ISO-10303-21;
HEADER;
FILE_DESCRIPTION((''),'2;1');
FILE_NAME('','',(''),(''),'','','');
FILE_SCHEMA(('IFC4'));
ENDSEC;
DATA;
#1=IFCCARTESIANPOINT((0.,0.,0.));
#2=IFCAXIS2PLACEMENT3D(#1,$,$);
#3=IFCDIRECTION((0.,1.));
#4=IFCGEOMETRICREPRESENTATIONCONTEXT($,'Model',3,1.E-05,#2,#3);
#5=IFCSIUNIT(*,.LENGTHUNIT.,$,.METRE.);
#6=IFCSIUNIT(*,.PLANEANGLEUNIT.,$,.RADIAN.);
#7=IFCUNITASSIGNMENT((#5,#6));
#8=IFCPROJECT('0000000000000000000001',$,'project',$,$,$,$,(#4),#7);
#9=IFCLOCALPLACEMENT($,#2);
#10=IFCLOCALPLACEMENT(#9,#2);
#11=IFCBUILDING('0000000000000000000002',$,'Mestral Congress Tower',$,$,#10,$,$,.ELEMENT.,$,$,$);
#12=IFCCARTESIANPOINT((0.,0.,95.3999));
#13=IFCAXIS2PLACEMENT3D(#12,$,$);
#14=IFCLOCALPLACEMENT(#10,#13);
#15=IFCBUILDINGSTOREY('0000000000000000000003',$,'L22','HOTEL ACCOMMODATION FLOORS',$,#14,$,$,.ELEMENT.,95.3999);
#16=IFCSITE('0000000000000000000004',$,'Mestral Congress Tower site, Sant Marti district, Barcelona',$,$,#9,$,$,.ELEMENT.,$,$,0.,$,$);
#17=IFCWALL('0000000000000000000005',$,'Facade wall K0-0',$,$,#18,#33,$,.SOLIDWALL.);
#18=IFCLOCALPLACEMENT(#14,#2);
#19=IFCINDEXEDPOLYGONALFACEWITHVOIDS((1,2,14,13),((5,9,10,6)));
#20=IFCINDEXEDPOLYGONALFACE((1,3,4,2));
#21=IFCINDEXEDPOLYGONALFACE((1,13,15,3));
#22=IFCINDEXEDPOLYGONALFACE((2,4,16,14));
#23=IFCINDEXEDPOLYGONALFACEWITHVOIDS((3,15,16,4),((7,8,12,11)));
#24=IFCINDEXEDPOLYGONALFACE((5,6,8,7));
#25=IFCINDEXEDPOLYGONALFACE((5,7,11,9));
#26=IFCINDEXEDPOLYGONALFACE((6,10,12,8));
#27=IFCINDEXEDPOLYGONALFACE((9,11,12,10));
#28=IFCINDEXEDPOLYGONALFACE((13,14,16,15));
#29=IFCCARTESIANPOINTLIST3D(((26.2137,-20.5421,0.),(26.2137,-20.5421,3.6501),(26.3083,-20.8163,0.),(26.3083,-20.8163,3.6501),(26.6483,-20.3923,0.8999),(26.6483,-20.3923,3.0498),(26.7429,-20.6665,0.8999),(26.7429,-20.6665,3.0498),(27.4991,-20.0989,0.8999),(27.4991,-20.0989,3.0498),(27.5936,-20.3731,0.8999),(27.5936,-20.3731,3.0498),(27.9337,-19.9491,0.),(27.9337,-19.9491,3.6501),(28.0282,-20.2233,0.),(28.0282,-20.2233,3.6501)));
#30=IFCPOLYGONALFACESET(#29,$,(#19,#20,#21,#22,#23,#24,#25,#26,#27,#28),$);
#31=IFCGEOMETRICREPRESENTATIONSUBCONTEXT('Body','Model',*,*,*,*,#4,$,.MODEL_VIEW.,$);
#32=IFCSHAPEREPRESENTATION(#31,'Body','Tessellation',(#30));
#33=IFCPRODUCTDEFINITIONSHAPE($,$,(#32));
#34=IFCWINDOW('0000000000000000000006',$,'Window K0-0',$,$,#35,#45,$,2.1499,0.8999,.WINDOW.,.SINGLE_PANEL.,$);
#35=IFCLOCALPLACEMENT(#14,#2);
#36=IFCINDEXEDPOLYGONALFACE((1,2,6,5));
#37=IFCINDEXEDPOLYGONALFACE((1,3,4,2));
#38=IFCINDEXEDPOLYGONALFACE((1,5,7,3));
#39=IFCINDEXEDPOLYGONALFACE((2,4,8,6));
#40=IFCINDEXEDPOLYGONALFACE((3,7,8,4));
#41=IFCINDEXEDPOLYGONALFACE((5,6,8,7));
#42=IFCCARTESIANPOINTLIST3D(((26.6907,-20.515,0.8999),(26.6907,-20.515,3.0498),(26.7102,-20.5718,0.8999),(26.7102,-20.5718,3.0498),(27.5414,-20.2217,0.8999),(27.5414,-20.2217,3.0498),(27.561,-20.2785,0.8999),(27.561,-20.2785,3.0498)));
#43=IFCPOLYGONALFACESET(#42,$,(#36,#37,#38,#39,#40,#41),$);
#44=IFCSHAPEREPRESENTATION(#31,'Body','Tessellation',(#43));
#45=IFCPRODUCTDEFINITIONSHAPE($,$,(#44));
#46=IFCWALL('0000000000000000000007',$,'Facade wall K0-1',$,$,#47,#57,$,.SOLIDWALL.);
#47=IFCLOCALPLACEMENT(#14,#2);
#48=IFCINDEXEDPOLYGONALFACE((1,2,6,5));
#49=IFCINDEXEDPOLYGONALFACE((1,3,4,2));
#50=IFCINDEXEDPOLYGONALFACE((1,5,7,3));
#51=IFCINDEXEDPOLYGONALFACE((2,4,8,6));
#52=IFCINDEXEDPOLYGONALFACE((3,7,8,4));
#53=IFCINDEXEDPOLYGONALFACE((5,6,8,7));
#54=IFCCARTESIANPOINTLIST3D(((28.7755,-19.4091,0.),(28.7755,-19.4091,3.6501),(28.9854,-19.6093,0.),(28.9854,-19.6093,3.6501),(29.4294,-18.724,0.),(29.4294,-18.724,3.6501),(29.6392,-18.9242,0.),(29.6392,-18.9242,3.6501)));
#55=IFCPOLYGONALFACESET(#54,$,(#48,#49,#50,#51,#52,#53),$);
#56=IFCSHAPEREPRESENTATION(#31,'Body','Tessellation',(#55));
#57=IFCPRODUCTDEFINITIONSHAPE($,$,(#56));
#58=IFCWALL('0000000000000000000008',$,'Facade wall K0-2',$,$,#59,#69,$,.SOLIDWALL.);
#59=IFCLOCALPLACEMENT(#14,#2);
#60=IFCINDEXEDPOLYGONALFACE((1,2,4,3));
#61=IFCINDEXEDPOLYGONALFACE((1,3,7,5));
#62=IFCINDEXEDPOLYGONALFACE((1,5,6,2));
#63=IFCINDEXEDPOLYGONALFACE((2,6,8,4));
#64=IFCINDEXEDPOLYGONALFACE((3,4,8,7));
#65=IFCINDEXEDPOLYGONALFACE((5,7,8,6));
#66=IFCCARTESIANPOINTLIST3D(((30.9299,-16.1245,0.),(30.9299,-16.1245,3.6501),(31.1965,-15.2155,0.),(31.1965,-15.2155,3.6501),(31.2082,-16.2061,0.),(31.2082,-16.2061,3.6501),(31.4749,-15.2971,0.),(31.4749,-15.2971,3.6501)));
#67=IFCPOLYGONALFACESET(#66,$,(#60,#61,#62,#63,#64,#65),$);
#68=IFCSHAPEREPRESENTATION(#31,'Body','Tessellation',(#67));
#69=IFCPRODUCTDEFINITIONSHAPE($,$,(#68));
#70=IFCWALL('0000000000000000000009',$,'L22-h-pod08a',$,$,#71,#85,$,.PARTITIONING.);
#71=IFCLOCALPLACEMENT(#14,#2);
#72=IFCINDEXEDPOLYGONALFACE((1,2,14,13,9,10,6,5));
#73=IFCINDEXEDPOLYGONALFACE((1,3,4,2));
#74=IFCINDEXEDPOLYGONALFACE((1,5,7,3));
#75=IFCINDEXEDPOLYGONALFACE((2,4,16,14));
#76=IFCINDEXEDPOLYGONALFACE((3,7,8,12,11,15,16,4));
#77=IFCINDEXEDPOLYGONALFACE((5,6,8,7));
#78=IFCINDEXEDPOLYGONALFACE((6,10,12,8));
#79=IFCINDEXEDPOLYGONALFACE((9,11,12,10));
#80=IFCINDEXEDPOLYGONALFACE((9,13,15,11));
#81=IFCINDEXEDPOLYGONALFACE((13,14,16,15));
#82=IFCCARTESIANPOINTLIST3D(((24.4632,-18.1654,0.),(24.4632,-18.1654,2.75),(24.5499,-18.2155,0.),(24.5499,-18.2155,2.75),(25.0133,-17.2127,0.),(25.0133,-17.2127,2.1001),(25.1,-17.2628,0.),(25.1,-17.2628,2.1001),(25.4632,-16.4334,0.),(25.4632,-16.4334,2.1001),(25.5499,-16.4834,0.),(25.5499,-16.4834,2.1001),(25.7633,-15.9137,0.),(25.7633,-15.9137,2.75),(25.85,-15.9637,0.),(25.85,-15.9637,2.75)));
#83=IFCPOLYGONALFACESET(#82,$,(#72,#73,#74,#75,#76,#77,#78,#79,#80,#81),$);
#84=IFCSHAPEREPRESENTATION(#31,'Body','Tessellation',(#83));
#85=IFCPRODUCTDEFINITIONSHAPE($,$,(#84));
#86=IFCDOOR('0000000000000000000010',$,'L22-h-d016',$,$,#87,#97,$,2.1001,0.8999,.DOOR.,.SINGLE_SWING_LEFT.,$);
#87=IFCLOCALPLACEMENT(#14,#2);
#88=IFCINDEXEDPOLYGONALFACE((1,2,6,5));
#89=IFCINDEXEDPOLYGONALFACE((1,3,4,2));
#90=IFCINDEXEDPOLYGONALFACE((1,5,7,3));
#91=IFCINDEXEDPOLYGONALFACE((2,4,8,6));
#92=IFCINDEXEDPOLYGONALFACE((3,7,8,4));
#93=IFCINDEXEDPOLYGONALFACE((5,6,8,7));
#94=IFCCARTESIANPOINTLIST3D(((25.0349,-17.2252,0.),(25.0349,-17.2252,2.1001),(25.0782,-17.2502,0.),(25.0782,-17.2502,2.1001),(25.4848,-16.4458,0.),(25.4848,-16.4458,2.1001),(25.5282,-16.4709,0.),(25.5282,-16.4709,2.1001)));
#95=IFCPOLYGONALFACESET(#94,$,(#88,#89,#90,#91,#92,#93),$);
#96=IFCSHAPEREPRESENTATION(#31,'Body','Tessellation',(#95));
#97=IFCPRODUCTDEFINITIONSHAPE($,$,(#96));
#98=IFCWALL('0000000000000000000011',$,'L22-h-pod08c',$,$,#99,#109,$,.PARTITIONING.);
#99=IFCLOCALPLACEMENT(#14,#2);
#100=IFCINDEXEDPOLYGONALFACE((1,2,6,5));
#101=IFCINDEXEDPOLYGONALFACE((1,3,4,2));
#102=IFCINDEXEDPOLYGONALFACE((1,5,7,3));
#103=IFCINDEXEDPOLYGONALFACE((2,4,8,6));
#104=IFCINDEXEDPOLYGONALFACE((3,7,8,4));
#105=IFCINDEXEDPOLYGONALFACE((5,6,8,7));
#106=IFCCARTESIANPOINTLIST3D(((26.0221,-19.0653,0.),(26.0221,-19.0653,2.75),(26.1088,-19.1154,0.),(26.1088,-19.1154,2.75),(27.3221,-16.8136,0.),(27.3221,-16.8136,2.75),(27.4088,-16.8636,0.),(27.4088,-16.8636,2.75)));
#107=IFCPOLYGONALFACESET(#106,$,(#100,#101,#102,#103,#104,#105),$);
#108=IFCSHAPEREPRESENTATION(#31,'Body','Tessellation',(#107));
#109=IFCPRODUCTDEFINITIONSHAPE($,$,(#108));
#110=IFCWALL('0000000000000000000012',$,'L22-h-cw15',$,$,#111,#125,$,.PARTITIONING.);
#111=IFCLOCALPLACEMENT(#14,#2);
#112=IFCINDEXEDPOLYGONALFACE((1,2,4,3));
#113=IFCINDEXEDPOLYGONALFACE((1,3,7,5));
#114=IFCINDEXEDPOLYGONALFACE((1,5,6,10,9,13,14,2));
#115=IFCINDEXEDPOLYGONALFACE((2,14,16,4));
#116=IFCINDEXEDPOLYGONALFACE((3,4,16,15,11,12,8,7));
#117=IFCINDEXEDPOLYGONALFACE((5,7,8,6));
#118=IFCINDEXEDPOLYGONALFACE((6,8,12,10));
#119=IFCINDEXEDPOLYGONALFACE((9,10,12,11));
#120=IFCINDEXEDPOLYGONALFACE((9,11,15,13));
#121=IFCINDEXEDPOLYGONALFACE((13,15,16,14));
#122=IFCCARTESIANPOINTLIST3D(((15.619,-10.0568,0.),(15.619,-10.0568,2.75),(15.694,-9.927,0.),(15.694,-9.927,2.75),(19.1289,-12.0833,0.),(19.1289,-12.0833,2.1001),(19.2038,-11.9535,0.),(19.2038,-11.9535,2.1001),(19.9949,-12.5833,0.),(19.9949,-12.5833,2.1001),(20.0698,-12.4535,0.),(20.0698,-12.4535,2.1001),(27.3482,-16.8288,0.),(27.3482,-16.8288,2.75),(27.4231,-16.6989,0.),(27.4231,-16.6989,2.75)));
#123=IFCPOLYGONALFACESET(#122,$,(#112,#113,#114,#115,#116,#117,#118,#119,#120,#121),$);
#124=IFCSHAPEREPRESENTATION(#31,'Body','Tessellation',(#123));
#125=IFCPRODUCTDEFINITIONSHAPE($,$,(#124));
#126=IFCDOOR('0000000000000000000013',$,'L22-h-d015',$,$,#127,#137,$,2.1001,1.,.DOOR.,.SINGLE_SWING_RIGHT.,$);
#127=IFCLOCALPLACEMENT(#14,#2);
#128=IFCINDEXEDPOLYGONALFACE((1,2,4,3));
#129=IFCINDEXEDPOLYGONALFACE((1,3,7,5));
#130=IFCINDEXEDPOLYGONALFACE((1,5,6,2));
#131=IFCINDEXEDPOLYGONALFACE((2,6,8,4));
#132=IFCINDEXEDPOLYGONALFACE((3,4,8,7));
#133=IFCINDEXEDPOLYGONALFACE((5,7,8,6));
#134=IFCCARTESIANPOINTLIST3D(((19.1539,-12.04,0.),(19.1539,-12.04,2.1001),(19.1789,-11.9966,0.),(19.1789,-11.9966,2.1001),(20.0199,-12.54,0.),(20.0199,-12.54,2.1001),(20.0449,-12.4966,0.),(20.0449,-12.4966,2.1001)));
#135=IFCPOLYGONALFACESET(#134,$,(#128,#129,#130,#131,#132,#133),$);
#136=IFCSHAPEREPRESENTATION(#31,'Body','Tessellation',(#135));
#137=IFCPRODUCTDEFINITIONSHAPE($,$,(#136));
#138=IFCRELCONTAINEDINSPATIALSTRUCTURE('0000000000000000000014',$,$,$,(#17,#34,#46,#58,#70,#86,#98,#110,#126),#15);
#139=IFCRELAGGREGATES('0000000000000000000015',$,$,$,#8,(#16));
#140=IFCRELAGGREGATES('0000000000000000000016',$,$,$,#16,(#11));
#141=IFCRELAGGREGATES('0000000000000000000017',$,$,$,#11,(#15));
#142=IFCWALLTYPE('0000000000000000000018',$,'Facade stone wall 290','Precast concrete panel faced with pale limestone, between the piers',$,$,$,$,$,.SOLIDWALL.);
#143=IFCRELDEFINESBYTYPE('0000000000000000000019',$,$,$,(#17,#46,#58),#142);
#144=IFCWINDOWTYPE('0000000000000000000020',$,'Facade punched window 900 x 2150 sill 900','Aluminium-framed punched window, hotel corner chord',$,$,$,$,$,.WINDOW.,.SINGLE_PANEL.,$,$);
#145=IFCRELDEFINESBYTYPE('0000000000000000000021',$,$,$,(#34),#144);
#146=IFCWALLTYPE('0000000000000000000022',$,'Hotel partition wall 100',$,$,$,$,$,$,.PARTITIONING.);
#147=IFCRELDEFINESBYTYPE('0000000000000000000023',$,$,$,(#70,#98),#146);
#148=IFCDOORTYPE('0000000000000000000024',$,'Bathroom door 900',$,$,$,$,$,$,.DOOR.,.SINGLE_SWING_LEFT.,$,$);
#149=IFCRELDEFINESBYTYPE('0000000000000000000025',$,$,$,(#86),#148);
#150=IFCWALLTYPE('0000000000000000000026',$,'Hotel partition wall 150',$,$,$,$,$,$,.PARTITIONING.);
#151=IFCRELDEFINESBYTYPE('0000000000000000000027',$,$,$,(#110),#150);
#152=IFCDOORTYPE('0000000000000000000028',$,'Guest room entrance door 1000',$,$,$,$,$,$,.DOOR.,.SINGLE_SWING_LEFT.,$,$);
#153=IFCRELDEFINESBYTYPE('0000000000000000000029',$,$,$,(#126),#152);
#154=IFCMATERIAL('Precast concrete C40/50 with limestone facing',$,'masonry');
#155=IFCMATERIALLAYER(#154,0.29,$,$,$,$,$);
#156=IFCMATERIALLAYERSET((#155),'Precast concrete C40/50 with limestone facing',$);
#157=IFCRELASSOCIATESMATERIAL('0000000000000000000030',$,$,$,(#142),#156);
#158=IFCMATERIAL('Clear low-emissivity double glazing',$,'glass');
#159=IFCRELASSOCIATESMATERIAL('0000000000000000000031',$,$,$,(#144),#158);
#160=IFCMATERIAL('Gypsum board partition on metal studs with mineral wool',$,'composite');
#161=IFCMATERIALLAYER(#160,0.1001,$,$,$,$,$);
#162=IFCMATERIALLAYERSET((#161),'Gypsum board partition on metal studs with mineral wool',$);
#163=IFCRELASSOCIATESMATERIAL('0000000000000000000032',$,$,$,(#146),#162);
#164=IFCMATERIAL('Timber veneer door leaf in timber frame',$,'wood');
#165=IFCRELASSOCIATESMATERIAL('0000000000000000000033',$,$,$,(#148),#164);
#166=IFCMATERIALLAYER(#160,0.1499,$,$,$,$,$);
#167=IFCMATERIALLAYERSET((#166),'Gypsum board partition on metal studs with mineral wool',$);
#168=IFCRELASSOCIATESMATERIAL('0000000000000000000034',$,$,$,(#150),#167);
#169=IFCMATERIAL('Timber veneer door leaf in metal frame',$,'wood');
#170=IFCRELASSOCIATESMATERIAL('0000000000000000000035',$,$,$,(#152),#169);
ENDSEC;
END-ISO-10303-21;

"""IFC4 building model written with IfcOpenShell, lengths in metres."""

from ifc_helpers import new_model, si_unit, direction, frame, frame_2d, origin, place, context, subcontext, project, spatial, rectangle, extrude, material, layer, layer_set, type_object, element, fill, save


model = new_model("IFC4")

# Units and contexts
model_context = context("Model", 3, precision=1e-05, world=origin(), true_north=direction((0.0, 1.0)))
body_context = subcontext(model_context, "Body", "Model", "MODEL_VIEW")
ifc_project = project(units=[si_unit("LENGTHUNIT", "METRE"), si_unit("PLANEANGLEUNIT", "RADIAN")], contexts=[model_context])

# Site, building, storey
site_placement = place(None, origin())
site = spatial("IfcSite", under=ifc_project, at=site_placement, Name="Mestral Congress Tower site, Sant Marti district, Barcelona", CompositionType="ELEMENT", RefElevation=0.0)
building_placement = place(site_placement, origin())
building = spatial("IfcBuilding", under=site, at=building_placement, Name="Mestral Congress Tower", CompositionType="ELEMENT")
storey_placement = place(building_placement, frame((0.0, 0.0, 95.3999)))
storey = spatial("IfcBuildingStorey", under=building, at=storey_placement, Name="L22", Description="HOTEL ACCOMMODATION FLOORS", CompositionType="ELEMENT", Elevation=95.3999)

# Wall, opening, window
ifc_material_1 = material(Name="Precast concrete C40/50 with limestone facing", Category="masonry")
ifc_layer_1 = layer(ifc_material_1, 0.29)
ifc_layer_set_1 = layer_set([ifc_layer_1], Name="Precast concrete C40/50 with limestone facing")
wall_type_1 = type_object("IfcWallType", Name="Facade stone wall 290", Description="Precast concrete panel faced with pale limestone, between the piers", PredefinedType="SOLIDWALL", material=ifc_layer_set_1)
wall_1_placement = place(storey_placement, frame((26.261, -20.6792, 0.0), z_axis=(0.0, 0.0, 1.0), x_axis=(0.945386, 0.325953, 0.0)))
wall_1 = element("IfcWall", 1, at=wall_1_placement, inside=storey, type_object=wall_type_1, Name="Facade wall K0-0", PredefinedType="SOLIDWALL", context=body_context, shape_type="SweptSolid", body=[
    extrude(rectangle(XDim=1.8193, YDim=0.29, at=frame_2d((0.9097, 0.0))), origin(), (0.0, 0.0, 1.0), 3.6501),
])
opening_1_placement = place(wall_1_placement, frame((0.4597, 0.0, 0.8999)))
opening_1 = element("IfcOpeningElement", 2, at=opening_1_placement, cuts=wall_1, PredefinedType="OPENING", context=body_context, shape_type="SweptSolid", body=[
    extrude(rectangle(XDim=0.8999, YDim=2.1499, at=frame_2d((0.45, 1.075))), frame((0.0, 0.155, 0.0), z_axis=(0.0, -1.0, 0.0), x_axis=(1.0, 0.0, 0.0)), (0.0, 0.0, 1.0), 0.3101),
])
ifc_material_2 = material(Name="Clear low-emissivity double glazing", Category="glass")
window_type = type_object("IfcWindowType", Name="Facade punched window 900 x 2150 sill 900", Description="Aluminium-framed punched window, hotel corner chord", PartitioningType="SINGLE_PANEL", PredefinedType="WINDOW", material=ifc_material_2)
window_placement = place(opening_1_placement, origin())
window = element("IfcWindow", 3, at=window_placement, inside=storey, type_object=window_type, Name="Window K0-0", OverallHeight=2.1499, OverallWidth=0.8999, PartitioningType="SINGLE_PANEL", PredefinedType="WINDOW", context=body_context, shape_type="SweptSolid", body=[
    extrude(rectangle(XDim=0.8999, YDim=2.1499, at=frame_2d((0.45, 1.075))), frame((0.0, 0.0151, 0.0), z_axis=(0.0, -1.0, 0.0), x_axis=(1.0, 0.0, 0.0)), (0.0, 0.0, 1.0), 0.0601),
])
fill(opening_1, window)

# Walls
wall_2_placement = place(storey_placement, frame((28.8804, -19.5093, 0.0), z_axis=(0.0, 0.0, 1.0), x_axis=(0.690414, 0.723414, 0.0)))
element("IfcWall", 4, at=wall_2_placement, inside=storey, type_object=wall_type_1, Name="Facade wall K0-1", PredefinedType="SOLIDWALL", context=body_context, shape_type="SweptSolid", body=[
    extrude(rectangle(XDim=0.947, YDim=0.29, at=frame_2d((0.4736, 0.0))), origin(), (0.0, 0.0, 1.0), 3.6501),
])
wall_3_placement = place(storey_placement, frame((31.0691, -16.1653, 0.0), z_axis=(0.0, 0.0, 1.0), x_axis=(0.281455, 0.959575, 0.0)))
element("IfcWall", 5, at=wall_3_placement, inside=storey, type_object=wall_type_1, Name="Facade wall K0-2", PredefinedType="SOLIDWALL", context=body_context, shape_type="SweptSolid", body=[
    extrude(rectangle(XDim=0.9473, YDim=0.29, at=frame_2d((0.4736, 0.0))), origin(), (0.0, 0.0, 1.0), 3.6501),
])

# Wall, opening, door
ifc_material_3 = material(Name="Gypsum board partition on metal studs with mineral wool", Category="composite")
ifc_layer_2 = layer(ifc_material_3, 0.1001)
ifc_layer_set_2 = layer_set([ifc_layer_2], Name="Gypsum board partition on metal studs with mineral wool")
wall_type_2 = type_object("IfcWallType", Name="Hotel partition wall 100", PredefinedType="PARTITIONING", material=ifc_layer_set_2)
wall_4_placement = place(storey_placement, frame((25.8066, -15.9387, 0.0), z_axis=(0.0, 0.0, 1.0), x_axis=(-0.500007, -0.866021, 0.0)))
wall_4 = element("IfcWall", 6, at=wall_4_placement, inside=storey, type_object=wall_type_2, Name="L22-h-pod08a", PredefinedType="PARTITIONING", context=body_context, shape_type="SweptSolid", body=[
    extrude(rectangle(XDim=2.6001, YDim=0.1001, at=frame_2d((1.3, 0.0))), origin(), (0.0, 0.0, 1.0), 2.75),
])
opening_2_placement = place(wall_4_placement, frame((0.6001, 0.0, 0.0)))
opening_2 = element("IfcOpeningElement", 7, at=opening_2_placement, cuts=wall_4, PredefinedType="OPENING", context=body_context, shape_type="SweptSolid", body=[
    extrude(rectangle(XDim=0.8999, YDim=2.1001, at=frame_2d((0.45, 1.05))), frame((0.0, 0.0601, 0.0), z_axis=(0.0, -1.0, 0.0), x_axis=(1.0, 0.0, 0.0)), (0.0, 0.0, 1.0), 0.1201),
])
ifc_material_4 = material(Name="Timber veneer door leaf in timber frame", Category="wood")
door_type_1 = type_object("IfcDoorType", Name="Bathroom door 900", OperationType="SINGLE_SWING_LEFT", PredefinedType="DOOR", material=ifc_material_4)
door_1_placement = place(opening_2_placement, origin())
door_1 = element("IfcDoor", 8, at=door_1_placement, inside=storey, type_object=door_type_1, Name="L22-h-d016", OperationType="SINGLE_SWING_LEFT", OverallHeight=2.1001, OverallWidth=0.8999, PredefinedType="DOOR", context=body_context, shape_type="SweptSolid", body=[
    extrude(rectangle(XDim=0.8999, YDim=2.1001, at=frame_2d((0.45, 1.05))), frame((0.0, 0.0249, 0.0), z_axis=(0.0, -1.0, 0.0), x_axis=(1.0, 0.0, 0.0)), (0.0, 0.0, 1.0), 0.05),
])
fill(opening_2, door_1)

# Wall
wall_5_placement = place(storey_placement, frame((27.3655, -16.8386, 0.0), z_axis=(0.0, 0.0, 1.0), x_axis=(-0.500007, -0.866021, 0.0)))
element("IfcWall", 9, at=wall_5_placement, inside=storey, type_object=wall_type_2, Name="L22-h-pod08c", PredefinedType="PARTITIONING", context=body_context, shape_type="SweptSolid", body=[
    extrude(rectangle(XDim=2.6001, YDim=0.1001, at=frame_2d((1.3, 0.0))), origin(), (0.0, 0.0, 1.0), 2.75),
])

# Wall, opening, door
ifc_layer_3 = layer(ifc_material_3, 0.1499)
ifc_layer_set_3 = layer_set([ifc_layer_3], Name="Gypsum board partition on metal studs with mineral wool")
wall_type_3 = type_object("IfcWallType", Name="Hotel partition wall 150", PredefinedType="PARTITIONING", material=ifc_layer_set_3)
wall_6_placement = place(storey_placement, frame((27.3857, -16.7639, 0.0), z_axis=(0.0, 0.0, 1.0), x_axis=(-0.866023, 0.500005, 0.0)))
wall_6 = element("IfcWall", 10, at=wall_6_placement, inside=storey, type_object=wall_type_3, Name="L22-h-cw15", PredefinedType="PARTITIONING", context=body_context, shape_type="SweptSolid", body=[
    extrude(rectangle(XDim=13.5437, YDim=0.1499, at=frame_2d((6.772, 0.0))), origin(), (0.0, 0.0, 1.0), 2.75),
])
opening_3_placement = place(wall_6_placement, frame((8.491, 0.0, 0.0)))
opening_3 = element("IfcOpeningElement", 11, at=opening_3_placement, cuts=wall_6, PredefinedType="OPENING", context=body_context, shape_type="SweptSolid", body=[
    extrude(rectangle(XDim=1.0, YDim=2.1001, at=frame_2d((0.5, 1.05))), frame((0.0, 0.085, 0.0), z_axis=(0.0, -1.0, 0.0), x_axis=(1.0, 0.0, 0.0)), (0.0, 0.0, 1.0), 0.1699),
])
ifc_material_5 = material(Name="Timber veneer door leaf in metal frame", Category="wood")
door_type_2 = type_object("IfcDoorType", Name="Guest room entrance door 1000", OperationType="SINGLE_SWING_LEFT", PredefinedType="DOOR", material=ifc_material_5)
door_2_placement = place(opening_3_placement, origin())
door_2 = element("IfcDoor", 12, at=door_2_placement, inside=storey, type_object=door_type_2, Name="L22-h-d015", OperationType="SINGLE_SWING_RIGHT", OverallHeight=2.1001, OverallWidth=1.0, PredefinedType="DOOR", context=body_context, shape_type="SweptSolid", body=[
    extrude(rectangle(XDim=1.0, YDim=2.1001, at=frame_2d((0.5, 1.05))), frame((0.0, 0.0249, 0.0), z_axis=(0.0, -1.0, 0.0), x_axis=(1.0, 0.0, 0.0)), (0.0, 0.0, 1.0), 0.05),
])
fill(opening_3, door_2)

save(model, "model.ifc")
